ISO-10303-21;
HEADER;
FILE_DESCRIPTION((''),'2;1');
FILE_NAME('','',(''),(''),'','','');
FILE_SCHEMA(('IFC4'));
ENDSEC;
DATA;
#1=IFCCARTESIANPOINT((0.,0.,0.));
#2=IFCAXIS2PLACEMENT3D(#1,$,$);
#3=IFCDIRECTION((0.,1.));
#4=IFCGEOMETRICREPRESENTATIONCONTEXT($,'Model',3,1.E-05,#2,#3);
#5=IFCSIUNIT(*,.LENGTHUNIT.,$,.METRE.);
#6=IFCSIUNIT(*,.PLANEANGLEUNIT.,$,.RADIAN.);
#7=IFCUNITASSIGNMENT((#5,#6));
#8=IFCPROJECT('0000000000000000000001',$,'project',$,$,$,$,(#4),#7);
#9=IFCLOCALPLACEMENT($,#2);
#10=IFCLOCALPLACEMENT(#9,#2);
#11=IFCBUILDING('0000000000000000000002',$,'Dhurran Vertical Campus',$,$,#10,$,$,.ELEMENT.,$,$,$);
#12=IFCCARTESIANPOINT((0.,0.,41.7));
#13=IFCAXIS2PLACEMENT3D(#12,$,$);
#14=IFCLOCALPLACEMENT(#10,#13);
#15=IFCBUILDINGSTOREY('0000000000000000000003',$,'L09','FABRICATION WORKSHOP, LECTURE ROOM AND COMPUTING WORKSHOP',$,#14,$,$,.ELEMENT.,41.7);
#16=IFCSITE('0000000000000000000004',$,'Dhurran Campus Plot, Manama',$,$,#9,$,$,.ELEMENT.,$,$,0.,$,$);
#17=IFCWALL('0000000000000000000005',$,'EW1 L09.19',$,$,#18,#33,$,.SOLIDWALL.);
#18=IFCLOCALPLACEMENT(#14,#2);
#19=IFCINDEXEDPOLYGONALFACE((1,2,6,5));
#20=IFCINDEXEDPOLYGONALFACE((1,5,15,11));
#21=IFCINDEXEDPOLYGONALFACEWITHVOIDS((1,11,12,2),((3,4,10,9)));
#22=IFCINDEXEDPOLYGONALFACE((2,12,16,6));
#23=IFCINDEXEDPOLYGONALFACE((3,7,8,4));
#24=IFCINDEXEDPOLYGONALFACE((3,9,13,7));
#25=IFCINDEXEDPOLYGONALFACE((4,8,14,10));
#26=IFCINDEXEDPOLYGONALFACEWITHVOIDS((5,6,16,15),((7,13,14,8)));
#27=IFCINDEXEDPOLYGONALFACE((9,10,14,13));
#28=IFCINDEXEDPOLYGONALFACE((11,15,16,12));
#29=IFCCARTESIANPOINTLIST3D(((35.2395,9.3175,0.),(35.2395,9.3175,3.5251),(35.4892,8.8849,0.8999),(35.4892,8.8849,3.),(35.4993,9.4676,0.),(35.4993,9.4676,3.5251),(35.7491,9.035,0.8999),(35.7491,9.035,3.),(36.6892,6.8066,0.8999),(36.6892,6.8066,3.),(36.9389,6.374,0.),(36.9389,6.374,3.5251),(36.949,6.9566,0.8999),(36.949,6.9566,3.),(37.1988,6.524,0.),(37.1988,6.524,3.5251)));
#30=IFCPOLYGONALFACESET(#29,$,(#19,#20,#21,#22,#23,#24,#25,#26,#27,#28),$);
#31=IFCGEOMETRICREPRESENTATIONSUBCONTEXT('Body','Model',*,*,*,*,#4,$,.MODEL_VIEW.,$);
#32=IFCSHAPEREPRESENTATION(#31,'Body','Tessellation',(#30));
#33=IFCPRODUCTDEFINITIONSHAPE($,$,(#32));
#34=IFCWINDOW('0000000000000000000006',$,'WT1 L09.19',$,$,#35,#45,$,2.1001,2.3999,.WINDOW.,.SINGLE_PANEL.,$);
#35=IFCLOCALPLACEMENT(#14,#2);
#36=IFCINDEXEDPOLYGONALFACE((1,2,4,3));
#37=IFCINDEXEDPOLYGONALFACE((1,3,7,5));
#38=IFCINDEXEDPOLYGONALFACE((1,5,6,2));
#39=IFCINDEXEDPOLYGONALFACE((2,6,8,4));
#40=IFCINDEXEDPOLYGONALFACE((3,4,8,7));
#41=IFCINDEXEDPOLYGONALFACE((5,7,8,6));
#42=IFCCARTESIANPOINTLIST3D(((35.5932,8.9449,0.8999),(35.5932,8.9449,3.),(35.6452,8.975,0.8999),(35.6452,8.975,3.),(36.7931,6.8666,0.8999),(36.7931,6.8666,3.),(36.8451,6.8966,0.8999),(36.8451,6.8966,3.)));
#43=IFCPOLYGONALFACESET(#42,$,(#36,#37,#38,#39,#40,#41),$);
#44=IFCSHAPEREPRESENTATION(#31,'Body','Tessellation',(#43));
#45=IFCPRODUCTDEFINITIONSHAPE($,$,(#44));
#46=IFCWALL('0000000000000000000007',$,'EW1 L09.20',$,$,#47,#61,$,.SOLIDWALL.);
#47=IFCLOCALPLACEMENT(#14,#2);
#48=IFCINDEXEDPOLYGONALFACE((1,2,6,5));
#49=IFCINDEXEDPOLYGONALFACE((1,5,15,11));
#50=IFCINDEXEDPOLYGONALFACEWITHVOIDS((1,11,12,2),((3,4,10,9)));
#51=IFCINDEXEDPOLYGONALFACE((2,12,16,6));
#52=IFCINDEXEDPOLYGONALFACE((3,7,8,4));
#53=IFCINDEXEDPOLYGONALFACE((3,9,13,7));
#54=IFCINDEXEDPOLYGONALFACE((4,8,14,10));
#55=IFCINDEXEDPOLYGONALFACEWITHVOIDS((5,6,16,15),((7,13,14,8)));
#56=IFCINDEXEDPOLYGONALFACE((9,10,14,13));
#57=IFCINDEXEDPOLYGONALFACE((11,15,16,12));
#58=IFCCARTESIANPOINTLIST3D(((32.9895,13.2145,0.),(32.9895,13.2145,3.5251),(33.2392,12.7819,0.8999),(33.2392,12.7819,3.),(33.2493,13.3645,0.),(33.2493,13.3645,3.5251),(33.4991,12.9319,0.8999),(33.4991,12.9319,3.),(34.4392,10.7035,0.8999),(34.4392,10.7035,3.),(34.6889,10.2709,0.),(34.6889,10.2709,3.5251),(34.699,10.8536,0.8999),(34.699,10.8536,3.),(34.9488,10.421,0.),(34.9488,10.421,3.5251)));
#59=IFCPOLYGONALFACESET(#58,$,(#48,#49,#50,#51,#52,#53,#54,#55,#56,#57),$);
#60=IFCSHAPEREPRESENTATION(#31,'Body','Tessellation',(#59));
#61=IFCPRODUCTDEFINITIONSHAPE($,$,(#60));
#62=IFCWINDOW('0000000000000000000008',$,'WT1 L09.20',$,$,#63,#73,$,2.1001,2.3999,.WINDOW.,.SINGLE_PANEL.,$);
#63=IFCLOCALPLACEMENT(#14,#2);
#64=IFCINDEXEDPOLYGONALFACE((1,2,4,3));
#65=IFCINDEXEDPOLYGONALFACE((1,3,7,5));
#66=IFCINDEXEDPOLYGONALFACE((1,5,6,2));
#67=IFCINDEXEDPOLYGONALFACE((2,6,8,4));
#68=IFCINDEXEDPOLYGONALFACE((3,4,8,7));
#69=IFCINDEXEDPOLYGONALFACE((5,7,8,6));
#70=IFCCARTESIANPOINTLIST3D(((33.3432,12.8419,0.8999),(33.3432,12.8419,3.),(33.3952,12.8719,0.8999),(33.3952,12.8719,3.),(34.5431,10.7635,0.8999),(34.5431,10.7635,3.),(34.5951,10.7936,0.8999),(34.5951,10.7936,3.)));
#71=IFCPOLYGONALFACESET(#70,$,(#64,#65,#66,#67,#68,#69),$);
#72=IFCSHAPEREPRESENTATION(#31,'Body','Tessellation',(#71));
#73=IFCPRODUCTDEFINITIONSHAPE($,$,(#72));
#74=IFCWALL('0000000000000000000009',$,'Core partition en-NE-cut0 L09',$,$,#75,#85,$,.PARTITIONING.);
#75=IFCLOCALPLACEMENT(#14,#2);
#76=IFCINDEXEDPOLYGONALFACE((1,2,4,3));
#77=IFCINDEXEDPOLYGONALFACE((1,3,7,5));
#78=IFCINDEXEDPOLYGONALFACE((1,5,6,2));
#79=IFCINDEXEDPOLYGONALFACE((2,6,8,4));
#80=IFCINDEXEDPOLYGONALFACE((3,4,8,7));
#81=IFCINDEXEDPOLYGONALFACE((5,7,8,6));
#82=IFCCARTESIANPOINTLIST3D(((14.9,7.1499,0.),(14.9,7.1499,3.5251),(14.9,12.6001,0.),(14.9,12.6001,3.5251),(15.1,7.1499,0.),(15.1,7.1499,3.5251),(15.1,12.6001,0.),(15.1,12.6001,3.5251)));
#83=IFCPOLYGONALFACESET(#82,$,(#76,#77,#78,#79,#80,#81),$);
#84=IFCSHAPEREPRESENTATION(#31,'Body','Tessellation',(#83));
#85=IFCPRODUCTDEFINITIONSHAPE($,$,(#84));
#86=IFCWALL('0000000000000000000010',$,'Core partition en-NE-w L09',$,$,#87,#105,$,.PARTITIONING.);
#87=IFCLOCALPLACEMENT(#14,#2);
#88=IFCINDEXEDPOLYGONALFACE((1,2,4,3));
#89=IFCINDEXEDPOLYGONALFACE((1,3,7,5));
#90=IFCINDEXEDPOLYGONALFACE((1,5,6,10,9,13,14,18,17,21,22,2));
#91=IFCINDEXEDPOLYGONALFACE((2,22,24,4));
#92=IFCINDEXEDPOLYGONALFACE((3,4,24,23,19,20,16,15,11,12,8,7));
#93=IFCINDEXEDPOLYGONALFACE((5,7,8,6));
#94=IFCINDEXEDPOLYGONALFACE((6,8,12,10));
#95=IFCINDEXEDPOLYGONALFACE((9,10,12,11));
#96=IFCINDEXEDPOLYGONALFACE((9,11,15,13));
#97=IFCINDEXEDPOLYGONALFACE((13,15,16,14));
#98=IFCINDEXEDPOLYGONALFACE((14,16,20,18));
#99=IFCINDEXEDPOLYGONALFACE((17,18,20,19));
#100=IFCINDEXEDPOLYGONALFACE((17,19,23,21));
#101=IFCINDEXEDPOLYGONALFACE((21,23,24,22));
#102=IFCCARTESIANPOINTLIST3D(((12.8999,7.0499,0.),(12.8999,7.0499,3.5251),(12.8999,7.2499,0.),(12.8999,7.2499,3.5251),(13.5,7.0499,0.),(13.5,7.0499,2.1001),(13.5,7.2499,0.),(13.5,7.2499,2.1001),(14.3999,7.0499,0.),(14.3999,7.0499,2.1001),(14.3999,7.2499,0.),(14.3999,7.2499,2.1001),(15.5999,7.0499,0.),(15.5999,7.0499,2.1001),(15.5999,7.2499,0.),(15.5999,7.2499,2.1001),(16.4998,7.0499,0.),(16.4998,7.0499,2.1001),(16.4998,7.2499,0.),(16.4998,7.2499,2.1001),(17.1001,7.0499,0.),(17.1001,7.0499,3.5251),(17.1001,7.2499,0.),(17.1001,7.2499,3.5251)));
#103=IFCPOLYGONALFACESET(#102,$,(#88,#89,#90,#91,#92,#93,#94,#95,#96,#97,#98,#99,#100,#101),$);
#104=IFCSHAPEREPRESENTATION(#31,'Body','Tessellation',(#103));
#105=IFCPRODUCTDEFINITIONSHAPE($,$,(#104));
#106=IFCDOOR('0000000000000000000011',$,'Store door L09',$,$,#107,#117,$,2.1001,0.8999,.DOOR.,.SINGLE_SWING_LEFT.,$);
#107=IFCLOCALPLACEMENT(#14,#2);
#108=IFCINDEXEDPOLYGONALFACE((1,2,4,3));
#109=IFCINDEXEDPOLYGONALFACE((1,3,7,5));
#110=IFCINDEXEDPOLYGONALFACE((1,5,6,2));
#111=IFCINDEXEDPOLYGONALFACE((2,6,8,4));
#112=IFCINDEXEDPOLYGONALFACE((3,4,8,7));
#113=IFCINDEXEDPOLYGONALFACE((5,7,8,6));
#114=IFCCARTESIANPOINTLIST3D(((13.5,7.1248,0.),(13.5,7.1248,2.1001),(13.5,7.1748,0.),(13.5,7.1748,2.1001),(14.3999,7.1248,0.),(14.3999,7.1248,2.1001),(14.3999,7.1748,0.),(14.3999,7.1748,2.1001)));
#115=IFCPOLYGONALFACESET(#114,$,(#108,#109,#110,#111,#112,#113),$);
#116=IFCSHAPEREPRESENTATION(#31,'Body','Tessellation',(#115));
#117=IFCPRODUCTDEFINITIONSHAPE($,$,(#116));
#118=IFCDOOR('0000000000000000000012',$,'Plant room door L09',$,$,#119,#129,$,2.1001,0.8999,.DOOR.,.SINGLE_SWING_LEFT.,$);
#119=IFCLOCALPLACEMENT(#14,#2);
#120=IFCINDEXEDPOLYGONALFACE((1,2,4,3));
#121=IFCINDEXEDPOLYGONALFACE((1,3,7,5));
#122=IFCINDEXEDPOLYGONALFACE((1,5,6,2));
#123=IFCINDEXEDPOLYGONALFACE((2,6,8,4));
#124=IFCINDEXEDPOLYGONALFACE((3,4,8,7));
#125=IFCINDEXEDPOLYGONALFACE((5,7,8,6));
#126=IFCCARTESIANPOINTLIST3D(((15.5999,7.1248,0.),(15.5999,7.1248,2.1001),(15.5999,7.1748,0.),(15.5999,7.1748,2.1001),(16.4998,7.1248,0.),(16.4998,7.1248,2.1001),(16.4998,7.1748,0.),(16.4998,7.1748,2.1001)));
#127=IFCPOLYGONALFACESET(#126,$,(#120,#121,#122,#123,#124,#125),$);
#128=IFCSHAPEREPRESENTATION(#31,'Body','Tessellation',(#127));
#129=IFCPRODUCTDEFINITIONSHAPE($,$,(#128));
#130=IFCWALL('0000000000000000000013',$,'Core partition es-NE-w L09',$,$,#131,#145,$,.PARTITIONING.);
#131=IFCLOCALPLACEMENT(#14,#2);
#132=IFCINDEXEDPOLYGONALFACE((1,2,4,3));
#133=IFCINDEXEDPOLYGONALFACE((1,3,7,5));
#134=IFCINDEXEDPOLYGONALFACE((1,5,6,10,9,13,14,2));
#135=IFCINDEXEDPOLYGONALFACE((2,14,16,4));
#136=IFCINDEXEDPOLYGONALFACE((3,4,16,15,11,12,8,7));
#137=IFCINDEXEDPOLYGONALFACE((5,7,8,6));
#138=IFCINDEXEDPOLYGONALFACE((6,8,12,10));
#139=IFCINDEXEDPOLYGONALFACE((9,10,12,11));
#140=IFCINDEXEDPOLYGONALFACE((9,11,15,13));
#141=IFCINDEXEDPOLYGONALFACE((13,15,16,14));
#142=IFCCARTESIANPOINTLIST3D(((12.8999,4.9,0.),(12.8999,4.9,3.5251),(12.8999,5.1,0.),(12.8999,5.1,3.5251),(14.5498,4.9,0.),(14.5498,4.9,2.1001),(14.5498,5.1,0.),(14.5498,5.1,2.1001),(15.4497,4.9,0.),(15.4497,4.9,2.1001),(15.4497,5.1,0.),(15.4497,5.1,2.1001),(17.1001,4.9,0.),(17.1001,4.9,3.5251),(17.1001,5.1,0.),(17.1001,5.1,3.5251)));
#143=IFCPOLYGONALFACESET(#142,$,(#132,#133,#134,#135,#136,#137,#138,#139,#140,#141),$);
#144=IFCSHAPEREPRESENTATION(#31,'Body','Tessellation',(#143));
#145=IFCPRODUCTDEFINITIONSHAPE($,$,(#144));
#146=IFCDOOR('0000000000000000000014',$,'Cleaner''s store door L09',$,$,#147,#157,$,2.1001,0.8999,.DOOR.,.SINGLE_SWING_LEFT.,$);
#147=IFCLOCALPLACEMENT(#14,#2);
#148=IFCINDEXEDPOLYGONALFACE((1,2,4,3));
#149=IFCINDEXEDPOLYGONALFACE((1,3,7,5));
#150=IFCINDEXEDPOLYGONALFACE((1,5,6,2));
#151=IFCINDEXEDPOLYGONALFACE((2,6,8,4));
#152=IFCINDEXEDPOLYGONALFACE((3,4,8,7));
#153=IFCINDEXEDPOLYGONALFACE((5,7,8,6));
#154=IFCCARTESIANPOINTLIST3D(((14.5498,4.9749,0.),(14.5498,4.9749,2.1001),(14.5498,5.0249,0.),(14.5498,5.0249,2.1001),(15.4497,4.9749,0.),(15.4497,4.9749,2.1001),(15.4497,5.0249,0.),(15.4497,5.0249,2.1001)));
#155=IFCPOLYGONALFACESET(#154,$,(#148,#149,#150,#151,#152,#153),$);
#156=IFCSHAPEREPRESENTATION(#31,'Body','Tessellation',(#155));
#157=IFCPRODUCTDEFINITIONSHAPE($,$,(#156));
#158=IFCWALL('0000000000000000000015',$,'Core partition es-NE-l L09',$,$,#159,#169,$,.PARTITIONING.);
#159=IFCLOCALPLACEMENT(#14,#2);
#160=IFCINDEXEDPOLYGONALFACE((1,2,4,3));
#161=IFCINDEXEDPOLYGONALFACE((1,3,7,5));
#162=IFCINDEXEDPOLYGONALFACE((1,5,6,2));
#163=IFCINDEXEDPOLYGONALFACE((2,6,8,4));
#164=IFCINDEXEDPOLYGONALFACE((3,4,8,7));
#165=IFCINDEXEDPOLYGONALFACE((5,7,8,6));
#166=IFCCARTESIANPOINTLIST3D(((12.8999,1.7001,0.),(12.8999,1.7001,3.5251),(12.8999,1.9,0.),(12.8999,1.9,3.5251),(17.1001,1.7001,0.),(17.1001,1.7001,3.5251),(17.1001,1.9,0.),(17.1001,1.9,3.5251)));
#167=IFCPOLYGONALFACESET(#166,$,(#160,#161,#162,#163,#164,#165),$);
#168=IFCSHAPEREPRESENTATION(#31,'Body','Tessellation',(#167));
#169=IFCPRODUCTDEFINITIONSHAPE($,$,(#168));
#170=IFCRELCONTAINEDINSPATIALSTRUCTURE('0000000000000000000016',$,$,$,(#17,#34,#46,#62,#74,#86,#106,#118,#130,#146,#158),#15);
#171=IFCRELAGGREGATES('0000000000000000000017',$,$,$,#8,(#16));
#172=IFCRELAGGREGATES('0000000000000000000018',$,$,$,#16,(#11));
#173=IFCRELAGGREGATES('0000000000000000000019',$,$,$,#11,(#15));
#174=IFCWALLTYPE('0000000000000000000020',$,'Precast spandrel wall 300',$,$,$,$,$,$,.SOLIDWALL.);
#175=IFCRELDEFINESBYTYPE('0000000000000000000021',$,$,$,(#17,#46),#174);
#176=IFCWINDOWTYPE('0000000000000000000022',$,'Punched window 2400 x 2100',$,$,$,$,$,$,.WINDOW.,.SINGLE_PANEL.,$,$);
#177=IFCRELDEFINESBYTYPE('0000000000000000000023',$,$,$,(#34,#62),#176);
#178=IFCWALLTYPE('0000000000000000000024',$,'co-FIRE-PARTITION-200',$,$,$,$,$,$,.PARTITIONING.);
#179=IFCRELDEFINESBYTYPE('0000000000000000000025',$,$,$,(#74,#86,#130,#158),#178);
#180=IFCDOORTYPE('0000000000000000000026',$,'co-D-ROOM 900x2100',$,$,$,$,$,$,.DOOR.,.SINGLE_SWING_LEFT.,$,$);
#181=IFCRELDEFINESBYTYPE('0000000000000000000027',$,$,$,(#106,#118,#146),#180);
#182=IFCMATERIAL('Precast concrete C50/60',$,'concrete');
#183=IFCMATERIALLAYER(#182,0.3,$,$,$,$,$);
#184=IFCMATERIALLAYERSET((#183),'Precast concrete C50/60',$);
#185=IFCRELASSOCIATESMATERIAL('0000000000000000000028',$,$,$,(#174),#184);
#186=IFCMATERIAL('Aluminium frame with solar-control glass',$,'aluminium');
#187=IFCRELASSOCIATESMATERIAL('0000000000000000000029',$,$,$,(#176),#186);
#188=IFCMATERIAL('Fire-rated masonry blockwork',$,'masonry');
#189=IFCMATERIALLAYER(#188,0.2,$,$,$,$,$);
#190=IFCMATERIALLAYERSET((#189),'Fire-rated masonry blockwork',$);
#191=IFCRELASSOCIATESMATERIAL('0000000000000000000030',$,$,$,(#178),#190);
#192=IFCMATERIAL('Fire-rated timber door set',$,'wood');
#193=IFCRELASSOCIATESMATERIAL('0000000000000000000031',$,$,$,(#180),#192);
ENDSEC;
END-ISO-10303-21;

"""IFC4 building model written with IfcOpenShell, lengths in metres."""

from ifc_helpers import new_model, si_unit, direction, frame, frame_2d, origin, place, context, subcontext, project, spatial, rectangle, extrude, material, layer, layer_set, type_object, element, fill, save


model = new_model("IFC4")

# Units and contexts
model_context = context("Model", 3, precision=1e-05, world=origin(), true_north=direction((0.0, 1.0)))
body_context = subcontext(model_context, "Body", "Model", "MODEL_VIEW")
ifc_project = project(units=[si_unit("LENGTHUNIT", "METRE"), si_unit("PLANEANGLEUNIT", "RADIAN")], contexts=[model_context])

# Site, building, storey
site_placement = place(None, origin())
site = spatial("IfcSite", under=ifc_project, at=site_placement, Name="Dhurran Campus Plot, Manama", CompositionType="ELEMENT", RefElevation=0.0)
building_placement = place(site_placement, origin())
building = spatial("IfcBuilding", under=site, at=building_placement, Name="Dhurran Vertical Campus", CompositionType="ELEMENT")
storey_placement = place(building_placement, frame((0.0, 0.0, 41.7)))
storey = spatial("IfcBuildingStorey", under=building, at=storey_placement, Name="L09", Description="FABRICATION WORKSHOP, LECTURE ROOM AND COMPUTING WORKSHOP", CompositionType="ELEMENT", Elevation=41.7)

# Walls, openings, windows
ifc_material_1 = material(Name="Precast concrete C50/60", Category="concrete")
ifc_layer_1 = layer(ifc_material_1, 0.3)
ifc_layer_set_1 = layer_set([ifc_layer_1], Name="Precast concrete C50/60")
wall_type_1 = type_object("IfcWallType", Name="Precast spandrel wall 300", PredefinedType="SOLIDWALL", material=ifc_layer_set_1)
ifc_material_2 = material(Name="Aluminium frame with solar-control glass", Category="aluminium")
window_type = type_object("IfcWindowType", Name="Punched window 2400 x 2100", PartitioningType="SINGLE_PANEL", PredefinedType="WINDOW", material=ifc_material_2)
wall_1_placement = place(storey_placement, frame((37.0688, 6.449, 0.0), z_axis=(0.0, 0.0, 1.0), x_axis=(-0.499994, 0.866029, 0.0)))
wall_1 = element("IfcWall", 1, at=wall_1_placement, inside=storey, type_object=wall_type_1, Name="EW1 L09.19", PredefinedType="SOLIDWALL", context=body_context, shape_type="SweptSolid", body=[
    extrude(rectangle(XDim=3.3989, YDim=0.3, at=frame_2d((1.6995, 0.0))), origin(), (0.0, 0.0, 1.0), 3.5251),
])
opening_1_placement = place(wall_1_placement, frame((0.4995, 0.0, 0.8999)))
opening_1 = element("IfcOpeningElement", 2, at=opening_1_placement, cuts=wall_1, PredefinedType="OPENING", context=body_context, shape_type="SweptSolid", body=[
    extrude(rectangle(XDim=2.3999, YDim=2.1001, at=frame_2d((1.2, 1.05))), frame((0.0, 0.1599, 0.0), z_axis=(0.0, -1.0, 0.0), x_axis=(1.0, 0.0, 0.0)), (0.0, 0.0, 1.0), 0.3201),
])
window_1_placement = place(opening_1_placement, origin())
window_1 = element("IfcWindow", 3, at=window_1_placement, inside=storey, type_object=window_type, Name="WT1 L09.19", OverallHeight=2.1001, OverallWidth=2.3999, PartitioningType="SINGLE_PANEL", PredefinedType="WINDOW", context=body_context, shape_type="SweptSolid", body=[
    extrude(rectangle(XDim=2.3999, YDim=2.1001, at=frame_2d((1.2, 1.05))), frame((0.0, 0.03, 0.0), z_axis=(0.0, -1.0, 0.0), x_axis=(1.0, 0.0, 0.0)), (0.0, 0.0, 1.0), 0.0601),
])
fill(opening_1, window_1)
wall_2_placement = place(storey_placement, frame((34.8188, 10.3459, 0.0), z_axis=(0.0, 0.0, 1.0), x_axis=(-0.499994, 0.866029, 0.0)))
wall_2 = element("IfcWall", 4, at=wall_2_placement, inside=storey, type_object=wall_type_1, Name="EW1 L09.20", PredefinedType="SOLIDWALL", context=body_context, shape_type="SweptSolid", body=[
    extrude(rectangle(XDim=3.3989, YDim=0.3, at=frame_2d((1.6995, 0.0))), origin(), (0.0, 0.0, 1.0), 3.5251),
])
opening_2_placement = place(wall_2_placement, frame((0.4995, 0.0, 0.8999)))
opening_2 = element("IfcOpeningElement", 5, at=opening_2_placement, cuts=wall_2, PredefinedType="OPENING", context=body_context, shape_type="SweptSolid", body=[
    extrude(rectangle(XDim=2.3999, YDim=2.1001, at=frame_2d((1.2, 1.05))), frame((0.0, 0.1599, 0.0), z_axis=(0.0, -1.0, 0.0), x_axis=(1.0, 0.0, 0.0)), (0.0, 0.0, 1.0), 0.3201),
])
window_2_placement = place(opening_2_placement, origin())
window_2 = element("IfcWindow", 6, at=window_2_placement, inside=storey, type_object=window_type, Name="WT1 L09.20", OverallHeight=2.1001, OverallWidth=2.3999, PartitioningType="SINGLE_PANEL", PredefinedType="WINDOW", context=body_context, shape_type="SweptSolid", body=[
    extrude(rectangle(XDim=2.3999, YDim=2.1001, at=frame_2d((1.2, 1.05))), frame((0.0, 0.03, 0.0), z_axis=(0.0, -1.0, 0.0), x_axis=(1.0, 0.0, 0.0)), (0.0, 0.0, 1.0), 0.0601),
])
fill(opening_2, window_2)

# Wall
ifc_material_3 = material(Name="Fire-rated masonry blockwork", Category="masonry")
ifc_layer_2 = layer(ifc_material_3, 0.2)
ifc_layer_set_2 = layer_set([ifc_layer_2], Name="Fire-rated masonry blockwork")
wall_type_2 = type_object("IfcWallType", Name="co-FIRE-PARTITION-200", PredefinedType="PARTITIONING", material=ifc_layer_set_2)
wall_3_placement = place(storey_placement, frame((15.0, 7.1499, 0.0), z_axis=(0.0, 0.0, 1.0), x_axis=(0.0, 1.0, 0.0)))
element("IfcWall", 7, at=wall_3_placement, inside=storey, type_object=wall_type_2, Name="Core partition en-NE-cut0 L09", PredefinedType="PARTITIONING", context=body_context, shape_type="SweptSolid", body=[
    extrude(rectangle(XDim=5.4502, YDim=0.2, at=frame_2d((2.7251, 0.0))), origin(), (0.0, 0.0, 1.0), 3.5251),
])

# Wall, openings, doors
wall_4_placement = place(storey_placement, frame((12.8999, 7.1499, 0.0), z_axis=(0.0, 0.0, 1.0), x_axis=(1.0, 0.0, 0.0)))
wall_4 = element("IfcWall", 8, at=wall_4_placement, inside=storey, type_object=wall_type_2, Name="Core partition en-NE-w L09", PredefinedType="PARTITIONING", context=body_context, shape_type="SweptSolid", body=[
    extrude(rectangle(XDim=4.2002, YDim=0.2, at=frame_2d((2.1001, 0.0))), origin(), (0.0, 0.0, 1.0), 3.5251),
])
opening_3_placement = place(wall_4_placement, frame((0.6001, 0.0, 0.0)))
opening_3 = element("IfcOpeningElement", 9, at=opening_3_placement, cuts=wall_4, PredefinedType="OPENING", context=body_context, shape_type="SweptSolid", body=[
    extrude(rectangle(XDim=0.8999, YDim=2.1001, at=frame_2d((0.45, 1.05))), frame((0.0, 0.1099, 0.0), z_axis=(0.0, -1.0, 0.0), x_axis=(1.0, 0.0, 0.0)), (0.0, 0.0, 1.0), 0.22),
])
opening_4_placement = place(wall_4_placement, frame((2.7, 0.0, 0.0)))
opening_4 = element("IfcOpeningElement", 10, at=opening_4_placement, cuts=wall_4, PredefinedType="OPENING", context=body_context, shape_type="SweptSolid", body=[
    extrude(rectangle(XDim=0.8999, YDim=2.1001, at=frame_2d((0.45, 1.05))), frame((0.0, 0.1099, 0.0), z_axis=(0.0, -1.0, 0.0), x_axis=(1.0, 0.0, 0.0)), (0.0, 0.0, 1.0), 0.22),
])
ifc_material_4 = material(Name="Fire-rated timber door set", Category="wood")
door_type_1 = type_object("IfcDoorType", Name="co-D-ROOM 900x2100", OperationType="SINGLE_SWING_LEFT", PredefinedType="DOOR", material=ifc_material_4)
door_1_placement = place(opening_3_placement, origin())
door_1 = element("IfcDoor", 11, at=door_1_placement, inside=storey, type_object=door_type_1, Name="Store door L09", OperationType="SINGLE_SWING_LEFT", OverallHeight=2.1001, OverallWidth=0.8999, PredefinedType="DOOR", context=body_context, shape_type="SweptSolid", body=[
    extrude(rectangle(XDim=0.8999, YDim=2.1001, at=frame_2d((0.45, 1.05))), frame((0.0, 0.0249, 0.0), z_axis=(0.0, -1.0, 0.0), x_axis=(1.0, 0.0, 0.0)), (0.0, 0.0, 1.0), 0.05),
])
fill(opening_3, door_1)
door_2_placement = place(opening_4_placement, origin())
door_2 = element("IfcDoor", 12, at=door_2_placement, inside=storey, type_object=door_type_1, Name="Plant room door L09", OperationType="SINGLE_SWING_LEFT", OverallHeight=2.1001, OverallWidth=0.8999, PredefinedType="DOOR", context=body_context, shape_type="SweptSolid", body=[
    extrude(rectangle(XDim=0.8999, YDim=2.1001, at=frame_2d((0.45, 1.05))), frame((0.0, 0.0249, 0.0), z_axis=(0.0, -1.0, 0.0), x_axis=(1.0, 0.0, 0.0)), (0.0, 0.0, 1.0), 0.05),
])
fill(opening_4, door_2)

# Wall, opening, door
wall_5_placement = place(storey_placement, frame((12.8999, 5.0, 0.0), z_axis=(0.0, 0.0, 1.0), x_axis=(1.0, 0.0, 0.0)))
wall_5 = element("IfcWall", 13, at=wall_5_placement, inside=storey, type_object=wall_type_2, Name="Core partition es-NE-w L09", PredefinedType="PARTITIONING", context=body_context, shape_type="SweptSolid", body=[
    extrude(rectangle(XDim=4.2002, YDim=0.2, at=frame_2d((2.1001, 0.0))), origin(), (0.0, 0.0, 1.0), 3.5251),
])
opening_5_placement = place(wall_5_placement, frame((1.6499, 0.0, 0.0)))
opening_5 = element("IfcOpeningElement", 14, at=opening_5_placement, cuts=wall_5, PredefinedType="OPENING", context=body_context, shape_type="SweptSolid", body=[
    extrude(rectangle(XDim=0.8999, YDim=2.1001, at=frame_2d((0.45, 1.05))), frame((0.0, 0.1099, 0.0), z_axis=(0.0, -1.0, 0.0), x_axis=(1.0, 0.0, 0.0)), (0.0, 0.0, 1.0), 0.22),
])
door_3_placement = place(opening_5_placement, origin())
door_3 = element("IfcDoor", 15, at=door_3_placement, inside=storey, type_object=door_type_1, Name="Cleaner's store door L09", OperationType="SINGLE_SWING_LEFT", OverallHeight=2.1001, OverallWidth=0.8999, PredefinedType="DOOR", context=body_context, shape_type="SweptSolid", body=[
    extrude(rectangle(XDim=0.8999, YDim=2.1001, at=frame_2d((0.45, 1.05))), frame((0.0, 0.0249, 0.0), z_axis=(0.0, -1.0, 0.0), x_axis=(1.0, 0.0, 0.0)), (0.0, 0.0, 1.0), 0.05),
])
fill(opening_5, door_3)

# Wall
wall_6_placement = place(storey_placement, frame((12.8999, 1.8, 0.0), z_axis=(0.0, 0.0, 1.0), x_axis=(1.0, 0.0, 0.0)))
element("IfcWall", 16, at=wall_6_placement, inside=storey, type_object=wall_type_2, Name="Core partition es-NE-l L09", PredefinedType="PARTITIONING", context=body_context, shape_type="SweptSolid", body=[
    extrude(rectangle(XDim=4.2002, YDim=0.2, at=frame_2d((2.1001, 0.0))), origin(), (0.0, 0.0, 1.0), 3.5251),
])

save(model, "model.ifc")
